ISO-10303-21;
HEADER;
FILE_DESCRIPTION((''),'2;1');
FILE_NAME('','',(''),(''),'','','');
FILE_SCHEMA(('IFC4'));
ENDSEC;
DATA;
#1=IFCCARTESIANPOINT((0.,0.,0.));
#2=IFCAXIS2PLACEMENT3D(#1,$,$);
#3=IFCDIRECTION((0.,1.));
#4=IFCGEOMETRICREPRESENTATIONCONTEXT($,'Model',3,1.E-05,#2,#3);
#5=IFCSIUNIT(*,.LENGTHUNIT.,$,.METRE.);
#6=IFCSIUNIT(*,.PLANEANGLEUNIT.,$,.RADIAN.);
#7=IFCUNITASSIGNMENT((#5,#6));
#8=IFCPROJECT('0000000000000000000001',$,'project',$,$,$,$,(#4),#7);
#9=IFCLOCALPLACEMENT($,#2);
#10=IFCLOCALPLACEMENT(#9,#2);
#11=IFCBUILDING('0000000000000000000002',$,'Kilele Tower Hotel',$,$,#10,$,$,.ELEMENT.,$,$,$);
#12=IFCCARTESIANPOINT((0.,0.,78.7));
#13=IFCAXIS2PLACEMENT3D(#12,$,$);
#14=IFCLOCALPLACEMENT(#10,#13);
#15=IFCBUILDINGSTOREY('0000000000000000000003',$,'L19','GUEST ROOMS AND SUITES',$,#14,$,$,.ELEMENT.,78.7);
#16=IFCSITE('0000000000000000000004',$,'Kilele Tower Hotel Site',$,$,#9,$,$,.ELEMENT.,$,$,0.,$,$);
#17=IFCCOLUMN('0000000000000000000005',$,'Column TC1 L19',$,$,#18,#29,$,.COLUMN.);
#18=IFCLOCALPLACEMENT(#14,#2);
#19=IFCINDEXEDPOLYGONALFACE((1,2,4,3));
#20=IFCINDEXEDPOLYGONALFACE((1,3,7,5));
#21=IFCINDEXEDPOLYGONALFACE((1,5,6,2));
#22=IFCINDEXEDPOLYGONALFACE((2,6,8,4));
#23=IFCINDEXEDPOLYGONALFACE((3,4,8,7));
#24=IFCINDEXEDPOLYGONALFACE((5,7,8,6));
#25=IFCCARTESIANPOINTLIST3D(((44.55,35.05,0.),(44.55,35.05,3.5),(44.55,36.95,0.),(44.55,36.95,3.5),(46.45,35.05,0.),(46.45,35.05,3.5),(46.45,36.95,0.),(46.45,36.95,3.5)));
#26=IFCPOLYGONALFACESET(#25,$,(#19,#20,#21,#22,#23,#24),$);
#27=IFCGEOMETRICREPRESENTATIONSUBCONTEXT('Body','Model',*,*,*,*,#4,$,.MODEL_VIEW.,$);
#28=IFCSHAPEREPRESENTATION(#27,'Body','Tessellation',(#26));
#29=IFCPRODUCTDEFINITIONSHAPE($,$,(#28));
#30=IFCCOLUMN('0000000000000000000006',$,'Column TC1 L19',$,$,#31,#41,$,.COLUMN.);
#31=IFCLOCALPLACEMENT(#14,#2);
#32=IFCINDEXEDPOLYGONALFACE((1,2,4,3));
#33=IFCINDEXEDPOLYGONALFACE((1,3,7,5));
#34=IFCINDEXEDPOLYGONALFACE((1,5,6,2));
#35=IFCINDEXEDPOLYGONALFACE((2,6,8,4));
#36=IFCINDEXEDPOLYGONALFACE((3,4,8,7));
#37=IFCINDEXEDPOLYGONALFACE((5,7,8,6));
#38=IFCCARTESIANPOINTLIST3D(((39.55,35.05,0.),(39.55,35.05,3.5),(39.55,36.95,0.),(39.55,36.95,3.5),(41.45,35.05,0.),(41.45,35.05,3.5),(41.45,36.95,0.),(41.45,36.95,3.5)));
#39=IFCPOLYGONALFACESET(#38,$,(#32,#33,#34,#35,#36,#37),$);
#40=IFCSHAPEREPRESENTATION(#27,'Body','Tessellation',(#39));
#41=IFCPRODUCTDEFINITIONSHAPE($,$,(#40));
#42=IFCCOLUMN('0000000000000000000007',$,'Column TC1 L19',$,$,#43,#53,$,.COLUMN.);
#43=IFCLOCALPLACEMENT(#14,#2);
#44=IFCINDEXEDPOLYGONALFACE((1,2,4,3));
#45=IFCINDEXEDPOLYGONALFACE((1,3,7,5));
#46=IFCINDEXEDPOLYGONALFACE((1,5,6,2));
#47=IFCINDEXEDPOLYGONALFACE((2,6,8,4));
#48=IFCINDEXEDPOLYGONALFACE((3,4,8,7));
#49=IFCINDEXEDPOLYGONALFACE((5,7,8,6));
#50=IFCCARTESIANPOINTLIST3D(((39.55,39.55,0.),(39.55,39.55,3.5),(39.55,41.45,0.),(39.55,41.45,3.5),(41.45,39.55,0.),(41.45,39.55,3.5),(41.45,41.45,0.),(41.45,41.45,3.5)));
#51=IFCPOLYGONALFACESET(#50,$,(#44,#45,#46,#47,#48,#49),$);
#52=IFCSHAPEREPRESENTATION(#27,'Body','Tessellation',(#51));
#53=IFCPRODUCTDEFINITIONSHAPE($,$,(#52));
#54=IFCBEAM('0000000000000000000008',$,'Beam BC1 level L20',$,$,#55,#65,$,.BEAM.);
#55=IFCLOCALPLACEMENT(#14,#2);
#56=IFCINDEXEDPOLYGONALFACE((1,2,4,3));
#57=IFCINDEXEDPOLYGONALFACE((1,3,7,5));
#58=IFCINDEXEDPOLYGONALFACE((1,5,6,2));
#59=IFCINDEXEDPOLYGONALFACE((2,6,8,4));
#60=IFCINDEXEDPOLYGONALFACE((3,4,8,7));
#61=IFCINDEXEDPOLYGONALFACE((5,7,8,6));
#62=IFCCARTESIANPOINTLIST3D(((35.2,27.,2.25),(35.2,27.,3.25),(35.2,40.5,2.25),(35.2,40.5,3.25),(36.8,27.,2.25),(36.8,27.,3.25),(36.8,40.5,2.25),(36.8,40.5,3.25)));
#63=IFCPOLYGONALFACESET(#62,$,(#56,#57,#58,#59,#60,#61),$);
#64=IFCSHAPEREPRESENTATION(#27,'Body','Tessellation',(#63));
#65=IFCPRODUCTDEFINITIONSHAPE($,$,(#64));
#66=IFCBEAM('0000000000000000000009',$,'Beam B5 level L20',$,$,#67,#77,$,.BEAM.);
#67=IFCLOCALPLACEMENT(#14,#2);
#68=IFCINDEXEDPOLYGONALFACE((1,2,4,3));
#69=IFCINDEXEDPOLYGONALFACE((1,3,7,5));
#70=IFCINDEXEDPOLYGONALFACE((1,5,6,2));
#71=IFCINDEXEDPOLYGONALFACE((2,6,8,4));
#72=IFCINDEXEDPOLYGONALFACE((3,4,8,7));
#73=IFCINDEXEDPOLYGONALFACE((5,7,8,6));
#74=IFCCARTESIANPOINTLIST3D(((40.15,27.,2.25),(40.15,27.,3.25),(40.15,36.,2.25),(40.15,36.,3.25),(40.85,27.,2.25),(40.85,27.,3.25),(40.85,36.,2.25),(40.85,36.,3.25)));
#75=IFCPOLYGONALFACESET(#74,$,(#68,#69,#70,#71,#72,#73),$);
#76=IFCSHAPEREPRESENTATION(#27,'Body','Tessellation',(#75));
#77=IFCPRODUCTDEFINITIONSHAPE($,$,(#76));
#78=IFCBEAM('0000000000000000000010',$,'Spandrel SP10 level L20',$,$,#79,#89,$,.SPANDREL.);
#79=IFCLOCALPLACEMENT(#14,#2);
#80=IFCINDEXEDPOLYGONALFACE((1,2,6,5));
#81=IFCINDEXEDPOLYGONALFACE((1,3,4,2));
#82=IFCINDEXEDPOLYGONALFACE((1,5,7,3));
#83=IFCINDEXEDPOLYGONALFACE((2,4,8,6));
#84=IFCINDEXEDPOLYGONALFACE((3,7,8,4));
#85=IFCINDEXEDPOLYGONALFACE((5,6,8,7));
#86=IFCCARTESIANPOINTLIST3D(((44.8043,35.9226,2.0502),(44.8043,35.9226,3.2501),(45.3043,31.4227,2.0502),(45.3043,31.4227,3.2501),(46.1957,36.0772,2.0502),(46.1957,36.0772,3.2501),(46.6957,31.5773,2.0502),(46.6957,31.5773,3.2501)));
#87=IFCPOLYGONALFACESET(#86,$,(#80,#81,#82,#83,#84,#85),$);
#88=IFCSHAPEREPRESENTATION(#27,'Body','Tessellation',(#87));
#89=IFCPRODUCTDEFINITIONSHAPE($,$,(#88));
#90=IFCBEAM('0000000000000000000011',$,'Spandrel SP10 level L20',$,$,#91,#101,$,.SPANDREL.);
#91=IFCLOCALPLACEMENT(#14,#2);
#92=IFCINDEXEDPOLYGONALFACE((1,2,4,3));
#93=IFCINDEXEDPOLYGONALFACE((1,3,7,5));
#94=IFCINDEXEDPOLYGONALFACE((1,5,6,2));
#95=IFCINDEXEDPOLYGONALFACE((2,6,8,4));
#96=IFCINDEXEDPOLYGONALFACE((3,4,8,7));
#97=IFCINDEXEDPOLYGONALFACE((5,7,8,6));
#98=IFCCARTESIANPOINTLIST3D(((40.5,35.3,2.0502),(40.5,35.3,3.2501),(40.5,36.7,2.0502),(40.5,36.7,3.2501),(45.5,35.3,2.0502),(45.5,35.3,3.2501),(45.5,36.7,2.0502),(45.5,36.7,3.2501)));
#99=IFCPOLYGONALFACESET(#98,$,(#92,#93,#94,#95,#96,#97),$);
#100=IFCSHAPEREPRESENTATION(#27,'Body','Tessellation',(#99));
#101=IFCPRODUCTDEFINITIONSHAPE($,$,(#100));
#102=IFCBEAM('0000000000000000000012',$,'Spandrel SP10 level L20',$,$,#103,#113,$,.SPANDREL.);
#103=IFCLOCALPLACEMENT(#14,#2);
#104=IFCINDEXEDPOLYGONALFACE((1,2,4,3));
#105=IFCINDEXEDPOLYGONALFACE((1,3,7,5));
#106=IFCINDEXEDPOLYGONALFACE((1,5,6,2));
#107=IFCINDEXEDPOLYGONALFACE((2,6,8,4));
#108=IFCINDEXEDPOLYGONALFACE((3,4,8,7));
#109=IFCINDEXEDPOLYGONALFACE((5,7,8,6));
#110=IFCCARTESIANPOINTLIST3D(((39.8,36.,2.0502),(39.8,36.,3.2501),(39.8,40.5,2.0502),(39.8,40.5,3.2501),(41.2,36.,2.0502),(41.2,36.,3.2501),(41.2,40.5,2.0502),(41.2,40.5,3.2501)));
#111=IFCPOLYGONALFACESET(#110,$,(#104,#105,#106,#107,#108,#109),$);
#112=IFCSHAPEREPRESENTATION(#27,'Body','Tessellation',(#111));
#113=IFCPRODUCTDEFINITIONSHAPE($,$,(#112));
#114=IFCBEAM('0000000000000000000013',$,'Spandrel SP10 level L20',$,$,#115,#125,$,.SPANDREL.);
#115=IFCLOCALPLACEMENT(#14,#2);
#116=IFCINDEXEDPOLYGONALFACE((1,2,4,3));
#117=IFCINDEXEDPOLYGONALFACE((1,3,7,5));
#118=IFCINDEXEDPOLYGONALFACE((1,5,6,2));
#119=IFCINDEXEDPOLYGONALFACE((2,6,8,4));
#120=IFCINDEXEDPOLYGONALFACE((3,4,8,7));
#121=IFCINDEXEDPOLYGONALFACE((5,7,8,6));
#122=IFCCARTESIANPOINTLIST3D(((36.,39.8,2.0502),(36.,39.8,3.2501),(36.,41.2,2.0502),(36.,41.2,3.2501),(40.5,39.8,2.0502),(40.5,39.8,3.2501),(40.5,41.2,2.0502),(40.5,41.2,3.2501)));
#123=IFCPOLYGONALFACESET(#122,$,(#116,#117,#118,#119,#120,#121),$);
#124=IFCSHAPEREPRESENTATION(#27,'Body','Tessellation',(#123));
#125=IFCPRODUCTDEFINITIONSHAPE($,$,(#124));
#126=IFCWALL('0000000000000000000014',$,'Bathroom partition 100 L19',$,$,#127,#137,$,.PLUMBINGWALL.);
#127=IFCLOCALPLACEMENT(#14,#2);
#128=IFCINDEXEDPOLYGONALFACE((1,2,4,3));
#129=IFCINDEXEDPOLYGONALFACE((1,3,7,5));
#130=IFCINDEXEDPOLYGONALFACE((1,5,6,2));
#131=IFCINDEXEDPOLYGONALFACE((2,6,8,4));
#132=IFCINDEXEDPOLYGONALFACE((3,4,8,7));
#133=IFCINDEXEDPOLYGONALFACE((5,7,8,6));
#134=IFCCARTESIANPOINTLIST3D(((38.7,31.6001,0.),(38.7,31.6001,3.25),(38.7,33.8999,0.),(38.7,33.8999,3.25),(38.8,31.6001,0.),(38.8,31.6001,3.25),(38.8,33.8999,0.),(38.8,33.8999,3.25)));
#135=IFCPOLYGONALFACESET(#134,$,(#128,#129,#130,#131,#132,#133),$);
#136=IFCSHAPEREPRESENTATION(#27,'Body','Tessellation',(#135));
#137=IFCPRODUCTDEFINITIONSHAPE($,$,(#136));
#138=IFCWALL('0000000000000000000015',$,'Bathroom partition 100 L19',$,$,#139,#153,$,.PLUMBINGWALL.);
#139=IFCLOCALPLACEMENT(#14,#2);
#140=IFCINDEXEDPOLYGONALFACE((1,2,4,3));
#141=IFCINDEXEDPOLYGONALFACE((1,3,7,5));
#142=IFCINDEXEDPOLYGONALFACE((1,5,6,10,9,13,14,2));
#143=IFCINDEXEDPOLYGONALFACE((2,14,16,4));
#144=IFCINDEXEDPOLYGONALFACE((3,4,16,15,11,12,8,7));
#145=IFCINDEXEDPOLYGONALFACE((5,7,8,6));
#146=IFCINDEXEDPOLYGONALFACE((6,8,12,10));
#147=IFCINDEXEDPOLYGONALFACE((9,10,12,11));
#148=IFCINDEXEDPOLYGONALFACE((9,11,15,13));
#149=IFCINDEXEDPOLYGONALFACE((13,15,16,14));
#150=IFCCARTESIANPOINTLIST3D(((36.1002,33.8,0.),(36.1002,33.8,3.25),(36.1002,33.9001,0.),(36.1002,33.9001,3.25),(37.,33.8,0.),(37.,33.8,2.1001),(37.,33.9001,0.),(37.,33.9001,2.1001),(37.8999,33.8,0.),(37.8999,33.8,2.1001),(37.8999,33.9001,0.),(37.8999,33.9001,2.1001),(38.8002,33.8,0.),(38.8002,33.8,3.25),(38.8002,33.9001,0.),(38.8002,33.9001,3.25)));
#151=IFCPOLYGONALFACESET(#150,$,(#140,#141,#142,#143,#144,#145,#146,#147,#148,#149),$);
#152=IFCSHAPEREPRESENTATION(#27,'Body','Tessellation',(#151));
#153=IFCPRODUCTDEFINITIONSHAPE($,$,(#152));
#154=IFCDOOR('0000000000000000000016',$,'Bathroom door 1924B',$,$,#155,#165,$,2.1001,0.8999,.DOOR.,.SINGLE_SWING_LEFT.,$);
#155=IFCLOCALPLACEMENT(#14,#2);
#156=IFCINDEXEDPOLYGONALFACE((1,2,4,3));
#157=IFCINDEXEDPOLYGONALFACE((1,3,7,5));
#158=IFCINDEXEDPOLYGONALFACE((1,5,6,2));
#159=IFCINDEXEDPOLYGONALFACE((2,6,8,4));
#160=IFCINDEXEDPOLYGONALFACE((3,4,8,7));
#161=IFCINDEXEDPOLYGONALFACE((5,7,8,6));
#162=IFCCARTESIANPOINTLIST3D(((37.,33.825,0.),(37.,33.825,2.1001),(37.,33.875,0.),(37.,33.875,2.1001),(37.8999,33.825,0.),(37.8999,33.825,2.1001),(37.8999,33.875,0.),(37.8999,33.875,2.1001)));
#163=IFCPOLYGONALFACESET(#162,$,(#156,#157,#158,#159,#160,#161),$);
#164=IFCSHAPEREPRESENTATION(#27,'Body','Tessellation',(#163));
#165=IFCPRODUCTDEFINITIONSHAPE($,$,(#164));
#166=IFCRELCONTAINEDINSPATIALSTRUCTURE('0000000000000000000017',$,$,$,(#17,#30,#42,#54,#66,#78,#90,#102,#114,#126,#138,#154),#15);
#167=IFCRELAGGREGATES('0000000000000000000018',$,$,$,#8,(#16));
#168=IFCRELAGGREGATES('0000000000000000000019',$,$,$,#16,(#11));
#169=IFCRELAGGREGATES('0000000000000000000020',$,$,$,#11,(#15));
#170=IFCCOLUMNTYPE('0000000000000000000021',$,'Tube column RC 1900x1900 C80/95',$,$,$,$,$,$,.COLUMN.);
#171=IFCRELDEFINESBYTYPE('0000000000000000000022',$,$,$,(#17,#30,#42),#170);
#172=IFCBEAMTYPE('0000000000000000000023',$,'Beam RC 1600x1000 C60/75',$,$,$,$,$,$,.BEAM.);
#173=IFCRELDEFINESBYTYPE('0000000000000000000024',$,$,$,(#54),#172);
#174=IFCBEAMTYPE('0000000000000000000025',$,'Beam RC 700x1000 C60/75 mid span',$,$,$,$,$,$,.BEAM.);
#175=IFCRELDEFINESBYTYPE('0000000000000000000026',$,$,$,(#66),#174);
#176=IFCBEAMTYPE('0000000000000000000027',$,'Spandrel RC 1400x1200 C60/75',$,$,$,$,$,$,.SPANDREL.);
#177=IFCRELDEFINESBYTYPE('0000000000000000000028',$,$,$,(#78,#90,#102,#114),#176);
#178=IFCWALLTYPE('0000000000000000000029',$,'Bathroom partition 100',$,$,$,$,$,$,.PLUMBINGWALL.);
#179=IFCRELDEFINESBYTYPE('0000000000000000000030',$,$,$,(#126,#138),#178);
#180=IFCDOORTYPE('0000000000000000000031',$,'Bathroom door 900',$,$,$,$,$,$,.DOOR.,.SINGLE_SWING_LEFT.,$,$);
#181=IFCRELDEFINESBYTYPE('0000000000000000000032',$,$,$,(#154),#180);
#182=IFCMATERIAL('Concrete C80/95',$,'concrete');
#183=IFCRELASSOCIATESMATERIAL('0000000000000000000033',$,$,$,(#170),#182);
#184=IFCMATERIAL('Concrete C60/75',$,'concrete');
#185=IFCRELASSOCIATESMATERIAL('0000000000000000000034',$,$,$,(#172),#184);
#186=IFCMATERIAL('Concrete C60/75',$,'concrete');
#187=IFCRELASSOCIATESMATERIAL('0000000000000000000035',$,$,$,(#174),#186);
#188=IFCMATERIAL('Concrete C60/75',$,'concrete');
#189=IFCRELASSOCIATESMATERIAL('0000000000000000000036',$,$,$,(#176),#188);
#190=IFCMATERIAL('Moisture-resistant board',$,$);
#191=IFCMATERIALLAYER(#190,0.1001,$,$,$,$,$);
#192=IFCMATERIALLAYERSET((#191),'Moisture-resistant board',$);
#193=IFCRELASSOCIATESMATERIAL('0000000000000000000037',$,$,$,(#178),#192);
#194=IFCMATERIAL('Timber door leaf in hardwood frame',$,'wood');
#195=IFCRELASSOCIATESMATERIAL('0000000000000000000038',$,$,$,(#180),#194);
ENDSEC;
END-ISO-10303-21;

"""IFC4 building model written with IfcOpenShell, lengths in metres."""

from ifc_helpers import new_model, si_unit, direction, frame, frame_2d, origin, origin_2d, place, context, subcontext, project, spatial, rectangle, extrude, material, layer, layer_set, material_profile, profile_set, type_object, element, fill, save


model = new_model("IFC4")

# Units and contexts
model_context = context("Model", 3, precision=1e-05, world=origin(), true_north=direction((0.0, 1.0)))
body_context = subcontext(model_context, "Body", "Model", "MODEL_VIEW")
ifc_project = project(units=[si_unit("LENGTHUNIT", "METRE"), si_unit("PLANEANGLEUNIT", "RADIAN")], contexts=[model_context])

# Site, building, storey
site_placement = place(None, origin())
site = spatial("IfcSite", under=ifc_project, at=site_placement, Name="Kilele Tower Hotel Site", CompositionType="ELEMENT", RefElevation=0.0)
building_placement = place(site_placement, origin())
building = spatial("IfcBuilding", under=site, at=building_placement, Name="Kilele Tower Hotel", CompositionType="ELEMENT")
storey_placement = place(building_placement, frame((0.0, 0.0, 78.7)))
storey = spatial("IfcBuildingStorey", under=building, at=storey_placement, Name="L19", Description="GUEST ROOMS AND SUITES", CompositionType="ELEMENT", Elevation=78.7)

# Columns
ifc_material_1 = material(Name="Concrete C80/95", Category="concrete")
ifc_material_profile_1 = material_profile(ifc_material_1, rectangle(XDim=1.8999, YDim=1.8999, at=origin_2d()))
ifc_profile_set_1 = profile_set([ifc_material_profile_1], Name="Concrete C80/95")
column_type = type_object("IfcColumnType", Name="Tube column RC 1900x1900 C80/95", PredefinedType="COLUMN", material=ifc_profile_set_1)
for number, where, z_axis, x_axis, name in (
    (1, (45.5, 36.0, 0.0), (0.0, 0.0, 1.0), (1.0, 0.0, 0.0), "Column TC1 L19"),
    (2, (40.5, 36.0, 0.0), (0.0, 0.0, 1.0), (1.0, 0.0, 0.0), "Column TC1 L19"),
    (3, (40.5, 40.5, 0.0), (0.0, 0.0, 1.0), (1.0, 0.0, 0.0), "Column TC1 L19"),
):
    element("IfcColumn", number, at=place(storey_placement, frame(where, z_axis=z_axis, x_axis=x_axis)), inside=storey, type_object=column_type, Name=name, PredefinedType="COLUMN", context=body_context, shape_type="SweptSolid", body=[
        extrude(rectangle(XDim=1.8999, YDim=1.8999, at=origin_2d()), origin(), (0.0, 0.0, 1.0), 3.5),
    ])

# Beams
ifc_material_2 = material(Name="Concrete C60/75", Category="concrete")
ifc_material_profile_2 = material_profile(ifc_material_2, rectangle(XDim=1.6001, YDim=1.0, at=origin_2d()))
ifc_profile_set_2 = profile_set([ifc_material_profile_2], Name="Concrete C60/75")
beam_type_1 = type_object("IfcBeamType", Name="Beam RC 1600x1000 C60/75", PredefinedType="BEAM", material=ifc_profile_set_2)
beam_1_placement = place(storey_placement, frame((36.0, 40.5, 2.75), z_axis=(0.0, -1.0, 0.0), x_axis=(1.0, 0.0, 0.0)))
element("IfcBeam", 4, at=beam_1_placement, inside=storey, type_object=beam_type_1, Name="Beam BC1 level L20", PredefinedType="BEAM", context=body_context, shape_type="SweptSolid", body=[
    extrude(rectangle(XDim=1.6001, YDim=1.0, at=origin_2d()), origin(), (0.0, 0.0, 1.0), 13.5),
])
ifc_material_3 = material(Name="Concrete C60/75", Category="concrete")
ifc_material_profile_3 = material_profile(ifc_material_3, rectangle(XDim=0.7, YDim=1.0, at=origin_2d()))
ifc_profile_set_3 = profile_set([ifc_material_profile_3], Name="Concrete C60/75")
beam_type_2 = type_object("IfcBeamType", Name="Beam RC 700x1000 C60/75 mid span", PredefinedType="BEAM", material=ifc_profile_set_3)
beam_2_placement = place(storey_placement, frame((40.5, 36.0, 2.75), z_axis=(0.0, -1.0, 0.0), x_axis=(1.0, 0.0, 0.0)))
element("IfcBeam", 5, at=beam_2_placement, inside=storey, type_object=beam_type_2, Name="Beam B5 level L20", PredefinedType="BEAM", context=body_context, shape_type="SweptSolid", body=[
    extrude(rectangle(XDim=0.7, YDim=1.0, at=origin_2d()), origin(), (0.0, 0.0, 1.0), 9.0),
])
ifc_material_4 = material(Name="Concrete C60/75", Category="concrete")
ifc_material_profile_4 = material_profile(ifc_material_4, rectangle(XDim=1.3999, YDim=1.2, at=origin_2d()))
ifc_profile_set_4 = profile_set([ifc_material_profile_4], Name="Concrete C60/75")
beam_type_3 = type_object("IfcBeamType", Name="Spandrel RC 1400x1200 C60/75", PredefinedType="SPANDREL", material=ifc_profile_set_4)
beam_3_placement = place(storey_placement, frame((46.0, 31.5, 2.6501), z_axis=(-0.110432, 0.993884, 0.0), x_axis=(-0.993884, -0.110432, 0.0)))
element("IfcBeam", 6, at=beam_3_placement, inside=storey, type_object=beam_type_3, Name="Spandrel SP10 level L20", PredefinedType="SPANDREL", context=body_context, shape_type="SweptSolid", body=[
    extrude(rectangle(XDim=1.3999, YDim=1.2, at=origin_2d()), origin(), (0.0, 0.0, 1.0), 4.5276),
])
beam_4_placement = place(storey_placement, frame((45.5, 36.0, 2.6501), z_axis=(-1.0, 0.0, 0.0), x_axis=(0.0, -1.0, 0.0)))
element("IfcBeam", 7, at=beam_4_placement, inside=storey, type_object=beam_type_3, Name="Spandrel SP10 level L20", PredefinedType="SPANDREL", context=body_context, shape_type="SweptSolid", body=[
    extrude(rectangle(XDim=1.3999, YDim=1.2, at=origin_2d()), origin(), (0.0, 0.0, 1.0), 5.0),
])
for number, where, z_axis, x_axis, name in (
    (8, (40.5, 36.0, 2.6501), (0.0, 1.0, 0.0), (-1.0, 0.0, 0.0), "Spandrel SP10 level L20"),
    (9, (40.5, 40.5, 2.6501), (-1.0, 0.0, 0.0), (0.0, -1.0, 0.0), "Spandrel SP10 level L20"),
):
    element("IfcBeam", number, at=place(storey_placement, frame(where, z_axis=z_axis, x_axis=x_axis)), inside=storey, type_object=beam_type_3, Name=name, PredefinedType="SPANDREL", context=body_context, shape_type="SweptSolid", body=[
        extrude(rectangle(XDim=1.3999, YDim=1.2, at=origin_2d()), origin(), (0.0, 0.0, 1.0), 4.5),
    ])

# Wall
ifc_material_5 = material(Name="Moisture-resistant board")
ifc_layer_1 = layer(ifc_material_5, 0.1001)
ifc_layer_set_1 = layer_set([ifc_layer_1], Name="Moisture-resistant board")
wall_type_1 = type_object("IfcWallType", Name="Bathroom partition 100", PredefinedType="PLUMBINGWALL", material=ifc_layer_set_1)
wall_1_placement = place(storey_placement, frame((38.75, 31.6001, 0.0), z_axis=(0.0, 0.0, 1.0), x_axis=(0.0, 1.0, 0.0)))
element("IfcWall", 10, at=wall_1_placement, inside=storey, type_object=wall_type_1, Name="Bathroom partition 100 L19", PredefinedType="PLUMBINGWALL", context=body_context, shape_type="SweptSolid", body=[
    extrude(rectangle(XDim=2.2998, YDim=0.1001, at=frame_2d((1.1499, 0.0))), origin(), (0.0, 0.0, 1.0), 3.25),
])

# Wall, opening, door
wall_2_placement = place(storey_placement, frame((36.1001, 33.8501, 0.0), z_axis=(0.0, 0.0, 1.0), x_axis=(1.0, 0.0, 0.0)))
wall_2 = element("IfcWall", 11, at=wall_2_placement, inside=storey, type_object=wall_type_1, Name="Bathroom partition 100 L19", PredefinedType="PLUMBINGWALL", context=body_context, shape_type="SweptSolid", body=[
    extrude(rectangle(XDim=2.7, YDim=0.1001, at=frame_2d((1.3501, 0.0))), origin(), (0.0, 0.0, 1.0), 3.25),
])
opening_1_placement = place(wall_2_placement, frame((0.8999, 0.0, 0.0)))
opening_1 = element("IfcOpeningElement", 12, at=opening_1_placement, cuts=wall_2, PredefinedType="OPENING", context=body_context, shape_type="SweptSolid", body=[
    extrude(rectangle(XDim=0.8999, YDim=2.1001, at=frame_2d((0.45, 1.05))), frame((0.0, 0.0601, 0.0), z_axis=(0.0, -1.0, 0.0), x_axis=(1.0, 0.0, 0.0)), (0.0, 0.0, 1.0), 0.1201),
])
ifc_material_6 = material(Name="Timber door leaf in hardwood frame", Category="wood")
door_type_1 = type_object("IfcDoorType", Name="Bathroom door 900", OperationType="SINGLE_SWING_LEFT", PredefinedType="DOOR", material=ifc_material_6)
door_1_placement = place(opening_1_placement, origin())
door_1 = element("IfcDoor", 13, at=door_1_placement, inside=storey, type_object=door_type_1, Name="Bathroom door 1924B", OperationType="SINGLE_SWING_LEFT", OverallHeight=2.1001, OverallWidth=0.8999, PredefinedType="DOOR", context=body_context, shape_type="SweptSolid", body=[
    extrude(rectangle(XDim=0.8999, YDim=2.1001, at=frame_2d((0.45, 1.05))), frame((0.0, 0.0249, 0.0), z_axis=(0.0, -1.0, 0.0), x_axis=(1.0, 0.0, 0.0)), (0.0, 0.0, 1.0), 0.05),
])
fill(opening_1, door_1)

save(model, "model.ifc")
